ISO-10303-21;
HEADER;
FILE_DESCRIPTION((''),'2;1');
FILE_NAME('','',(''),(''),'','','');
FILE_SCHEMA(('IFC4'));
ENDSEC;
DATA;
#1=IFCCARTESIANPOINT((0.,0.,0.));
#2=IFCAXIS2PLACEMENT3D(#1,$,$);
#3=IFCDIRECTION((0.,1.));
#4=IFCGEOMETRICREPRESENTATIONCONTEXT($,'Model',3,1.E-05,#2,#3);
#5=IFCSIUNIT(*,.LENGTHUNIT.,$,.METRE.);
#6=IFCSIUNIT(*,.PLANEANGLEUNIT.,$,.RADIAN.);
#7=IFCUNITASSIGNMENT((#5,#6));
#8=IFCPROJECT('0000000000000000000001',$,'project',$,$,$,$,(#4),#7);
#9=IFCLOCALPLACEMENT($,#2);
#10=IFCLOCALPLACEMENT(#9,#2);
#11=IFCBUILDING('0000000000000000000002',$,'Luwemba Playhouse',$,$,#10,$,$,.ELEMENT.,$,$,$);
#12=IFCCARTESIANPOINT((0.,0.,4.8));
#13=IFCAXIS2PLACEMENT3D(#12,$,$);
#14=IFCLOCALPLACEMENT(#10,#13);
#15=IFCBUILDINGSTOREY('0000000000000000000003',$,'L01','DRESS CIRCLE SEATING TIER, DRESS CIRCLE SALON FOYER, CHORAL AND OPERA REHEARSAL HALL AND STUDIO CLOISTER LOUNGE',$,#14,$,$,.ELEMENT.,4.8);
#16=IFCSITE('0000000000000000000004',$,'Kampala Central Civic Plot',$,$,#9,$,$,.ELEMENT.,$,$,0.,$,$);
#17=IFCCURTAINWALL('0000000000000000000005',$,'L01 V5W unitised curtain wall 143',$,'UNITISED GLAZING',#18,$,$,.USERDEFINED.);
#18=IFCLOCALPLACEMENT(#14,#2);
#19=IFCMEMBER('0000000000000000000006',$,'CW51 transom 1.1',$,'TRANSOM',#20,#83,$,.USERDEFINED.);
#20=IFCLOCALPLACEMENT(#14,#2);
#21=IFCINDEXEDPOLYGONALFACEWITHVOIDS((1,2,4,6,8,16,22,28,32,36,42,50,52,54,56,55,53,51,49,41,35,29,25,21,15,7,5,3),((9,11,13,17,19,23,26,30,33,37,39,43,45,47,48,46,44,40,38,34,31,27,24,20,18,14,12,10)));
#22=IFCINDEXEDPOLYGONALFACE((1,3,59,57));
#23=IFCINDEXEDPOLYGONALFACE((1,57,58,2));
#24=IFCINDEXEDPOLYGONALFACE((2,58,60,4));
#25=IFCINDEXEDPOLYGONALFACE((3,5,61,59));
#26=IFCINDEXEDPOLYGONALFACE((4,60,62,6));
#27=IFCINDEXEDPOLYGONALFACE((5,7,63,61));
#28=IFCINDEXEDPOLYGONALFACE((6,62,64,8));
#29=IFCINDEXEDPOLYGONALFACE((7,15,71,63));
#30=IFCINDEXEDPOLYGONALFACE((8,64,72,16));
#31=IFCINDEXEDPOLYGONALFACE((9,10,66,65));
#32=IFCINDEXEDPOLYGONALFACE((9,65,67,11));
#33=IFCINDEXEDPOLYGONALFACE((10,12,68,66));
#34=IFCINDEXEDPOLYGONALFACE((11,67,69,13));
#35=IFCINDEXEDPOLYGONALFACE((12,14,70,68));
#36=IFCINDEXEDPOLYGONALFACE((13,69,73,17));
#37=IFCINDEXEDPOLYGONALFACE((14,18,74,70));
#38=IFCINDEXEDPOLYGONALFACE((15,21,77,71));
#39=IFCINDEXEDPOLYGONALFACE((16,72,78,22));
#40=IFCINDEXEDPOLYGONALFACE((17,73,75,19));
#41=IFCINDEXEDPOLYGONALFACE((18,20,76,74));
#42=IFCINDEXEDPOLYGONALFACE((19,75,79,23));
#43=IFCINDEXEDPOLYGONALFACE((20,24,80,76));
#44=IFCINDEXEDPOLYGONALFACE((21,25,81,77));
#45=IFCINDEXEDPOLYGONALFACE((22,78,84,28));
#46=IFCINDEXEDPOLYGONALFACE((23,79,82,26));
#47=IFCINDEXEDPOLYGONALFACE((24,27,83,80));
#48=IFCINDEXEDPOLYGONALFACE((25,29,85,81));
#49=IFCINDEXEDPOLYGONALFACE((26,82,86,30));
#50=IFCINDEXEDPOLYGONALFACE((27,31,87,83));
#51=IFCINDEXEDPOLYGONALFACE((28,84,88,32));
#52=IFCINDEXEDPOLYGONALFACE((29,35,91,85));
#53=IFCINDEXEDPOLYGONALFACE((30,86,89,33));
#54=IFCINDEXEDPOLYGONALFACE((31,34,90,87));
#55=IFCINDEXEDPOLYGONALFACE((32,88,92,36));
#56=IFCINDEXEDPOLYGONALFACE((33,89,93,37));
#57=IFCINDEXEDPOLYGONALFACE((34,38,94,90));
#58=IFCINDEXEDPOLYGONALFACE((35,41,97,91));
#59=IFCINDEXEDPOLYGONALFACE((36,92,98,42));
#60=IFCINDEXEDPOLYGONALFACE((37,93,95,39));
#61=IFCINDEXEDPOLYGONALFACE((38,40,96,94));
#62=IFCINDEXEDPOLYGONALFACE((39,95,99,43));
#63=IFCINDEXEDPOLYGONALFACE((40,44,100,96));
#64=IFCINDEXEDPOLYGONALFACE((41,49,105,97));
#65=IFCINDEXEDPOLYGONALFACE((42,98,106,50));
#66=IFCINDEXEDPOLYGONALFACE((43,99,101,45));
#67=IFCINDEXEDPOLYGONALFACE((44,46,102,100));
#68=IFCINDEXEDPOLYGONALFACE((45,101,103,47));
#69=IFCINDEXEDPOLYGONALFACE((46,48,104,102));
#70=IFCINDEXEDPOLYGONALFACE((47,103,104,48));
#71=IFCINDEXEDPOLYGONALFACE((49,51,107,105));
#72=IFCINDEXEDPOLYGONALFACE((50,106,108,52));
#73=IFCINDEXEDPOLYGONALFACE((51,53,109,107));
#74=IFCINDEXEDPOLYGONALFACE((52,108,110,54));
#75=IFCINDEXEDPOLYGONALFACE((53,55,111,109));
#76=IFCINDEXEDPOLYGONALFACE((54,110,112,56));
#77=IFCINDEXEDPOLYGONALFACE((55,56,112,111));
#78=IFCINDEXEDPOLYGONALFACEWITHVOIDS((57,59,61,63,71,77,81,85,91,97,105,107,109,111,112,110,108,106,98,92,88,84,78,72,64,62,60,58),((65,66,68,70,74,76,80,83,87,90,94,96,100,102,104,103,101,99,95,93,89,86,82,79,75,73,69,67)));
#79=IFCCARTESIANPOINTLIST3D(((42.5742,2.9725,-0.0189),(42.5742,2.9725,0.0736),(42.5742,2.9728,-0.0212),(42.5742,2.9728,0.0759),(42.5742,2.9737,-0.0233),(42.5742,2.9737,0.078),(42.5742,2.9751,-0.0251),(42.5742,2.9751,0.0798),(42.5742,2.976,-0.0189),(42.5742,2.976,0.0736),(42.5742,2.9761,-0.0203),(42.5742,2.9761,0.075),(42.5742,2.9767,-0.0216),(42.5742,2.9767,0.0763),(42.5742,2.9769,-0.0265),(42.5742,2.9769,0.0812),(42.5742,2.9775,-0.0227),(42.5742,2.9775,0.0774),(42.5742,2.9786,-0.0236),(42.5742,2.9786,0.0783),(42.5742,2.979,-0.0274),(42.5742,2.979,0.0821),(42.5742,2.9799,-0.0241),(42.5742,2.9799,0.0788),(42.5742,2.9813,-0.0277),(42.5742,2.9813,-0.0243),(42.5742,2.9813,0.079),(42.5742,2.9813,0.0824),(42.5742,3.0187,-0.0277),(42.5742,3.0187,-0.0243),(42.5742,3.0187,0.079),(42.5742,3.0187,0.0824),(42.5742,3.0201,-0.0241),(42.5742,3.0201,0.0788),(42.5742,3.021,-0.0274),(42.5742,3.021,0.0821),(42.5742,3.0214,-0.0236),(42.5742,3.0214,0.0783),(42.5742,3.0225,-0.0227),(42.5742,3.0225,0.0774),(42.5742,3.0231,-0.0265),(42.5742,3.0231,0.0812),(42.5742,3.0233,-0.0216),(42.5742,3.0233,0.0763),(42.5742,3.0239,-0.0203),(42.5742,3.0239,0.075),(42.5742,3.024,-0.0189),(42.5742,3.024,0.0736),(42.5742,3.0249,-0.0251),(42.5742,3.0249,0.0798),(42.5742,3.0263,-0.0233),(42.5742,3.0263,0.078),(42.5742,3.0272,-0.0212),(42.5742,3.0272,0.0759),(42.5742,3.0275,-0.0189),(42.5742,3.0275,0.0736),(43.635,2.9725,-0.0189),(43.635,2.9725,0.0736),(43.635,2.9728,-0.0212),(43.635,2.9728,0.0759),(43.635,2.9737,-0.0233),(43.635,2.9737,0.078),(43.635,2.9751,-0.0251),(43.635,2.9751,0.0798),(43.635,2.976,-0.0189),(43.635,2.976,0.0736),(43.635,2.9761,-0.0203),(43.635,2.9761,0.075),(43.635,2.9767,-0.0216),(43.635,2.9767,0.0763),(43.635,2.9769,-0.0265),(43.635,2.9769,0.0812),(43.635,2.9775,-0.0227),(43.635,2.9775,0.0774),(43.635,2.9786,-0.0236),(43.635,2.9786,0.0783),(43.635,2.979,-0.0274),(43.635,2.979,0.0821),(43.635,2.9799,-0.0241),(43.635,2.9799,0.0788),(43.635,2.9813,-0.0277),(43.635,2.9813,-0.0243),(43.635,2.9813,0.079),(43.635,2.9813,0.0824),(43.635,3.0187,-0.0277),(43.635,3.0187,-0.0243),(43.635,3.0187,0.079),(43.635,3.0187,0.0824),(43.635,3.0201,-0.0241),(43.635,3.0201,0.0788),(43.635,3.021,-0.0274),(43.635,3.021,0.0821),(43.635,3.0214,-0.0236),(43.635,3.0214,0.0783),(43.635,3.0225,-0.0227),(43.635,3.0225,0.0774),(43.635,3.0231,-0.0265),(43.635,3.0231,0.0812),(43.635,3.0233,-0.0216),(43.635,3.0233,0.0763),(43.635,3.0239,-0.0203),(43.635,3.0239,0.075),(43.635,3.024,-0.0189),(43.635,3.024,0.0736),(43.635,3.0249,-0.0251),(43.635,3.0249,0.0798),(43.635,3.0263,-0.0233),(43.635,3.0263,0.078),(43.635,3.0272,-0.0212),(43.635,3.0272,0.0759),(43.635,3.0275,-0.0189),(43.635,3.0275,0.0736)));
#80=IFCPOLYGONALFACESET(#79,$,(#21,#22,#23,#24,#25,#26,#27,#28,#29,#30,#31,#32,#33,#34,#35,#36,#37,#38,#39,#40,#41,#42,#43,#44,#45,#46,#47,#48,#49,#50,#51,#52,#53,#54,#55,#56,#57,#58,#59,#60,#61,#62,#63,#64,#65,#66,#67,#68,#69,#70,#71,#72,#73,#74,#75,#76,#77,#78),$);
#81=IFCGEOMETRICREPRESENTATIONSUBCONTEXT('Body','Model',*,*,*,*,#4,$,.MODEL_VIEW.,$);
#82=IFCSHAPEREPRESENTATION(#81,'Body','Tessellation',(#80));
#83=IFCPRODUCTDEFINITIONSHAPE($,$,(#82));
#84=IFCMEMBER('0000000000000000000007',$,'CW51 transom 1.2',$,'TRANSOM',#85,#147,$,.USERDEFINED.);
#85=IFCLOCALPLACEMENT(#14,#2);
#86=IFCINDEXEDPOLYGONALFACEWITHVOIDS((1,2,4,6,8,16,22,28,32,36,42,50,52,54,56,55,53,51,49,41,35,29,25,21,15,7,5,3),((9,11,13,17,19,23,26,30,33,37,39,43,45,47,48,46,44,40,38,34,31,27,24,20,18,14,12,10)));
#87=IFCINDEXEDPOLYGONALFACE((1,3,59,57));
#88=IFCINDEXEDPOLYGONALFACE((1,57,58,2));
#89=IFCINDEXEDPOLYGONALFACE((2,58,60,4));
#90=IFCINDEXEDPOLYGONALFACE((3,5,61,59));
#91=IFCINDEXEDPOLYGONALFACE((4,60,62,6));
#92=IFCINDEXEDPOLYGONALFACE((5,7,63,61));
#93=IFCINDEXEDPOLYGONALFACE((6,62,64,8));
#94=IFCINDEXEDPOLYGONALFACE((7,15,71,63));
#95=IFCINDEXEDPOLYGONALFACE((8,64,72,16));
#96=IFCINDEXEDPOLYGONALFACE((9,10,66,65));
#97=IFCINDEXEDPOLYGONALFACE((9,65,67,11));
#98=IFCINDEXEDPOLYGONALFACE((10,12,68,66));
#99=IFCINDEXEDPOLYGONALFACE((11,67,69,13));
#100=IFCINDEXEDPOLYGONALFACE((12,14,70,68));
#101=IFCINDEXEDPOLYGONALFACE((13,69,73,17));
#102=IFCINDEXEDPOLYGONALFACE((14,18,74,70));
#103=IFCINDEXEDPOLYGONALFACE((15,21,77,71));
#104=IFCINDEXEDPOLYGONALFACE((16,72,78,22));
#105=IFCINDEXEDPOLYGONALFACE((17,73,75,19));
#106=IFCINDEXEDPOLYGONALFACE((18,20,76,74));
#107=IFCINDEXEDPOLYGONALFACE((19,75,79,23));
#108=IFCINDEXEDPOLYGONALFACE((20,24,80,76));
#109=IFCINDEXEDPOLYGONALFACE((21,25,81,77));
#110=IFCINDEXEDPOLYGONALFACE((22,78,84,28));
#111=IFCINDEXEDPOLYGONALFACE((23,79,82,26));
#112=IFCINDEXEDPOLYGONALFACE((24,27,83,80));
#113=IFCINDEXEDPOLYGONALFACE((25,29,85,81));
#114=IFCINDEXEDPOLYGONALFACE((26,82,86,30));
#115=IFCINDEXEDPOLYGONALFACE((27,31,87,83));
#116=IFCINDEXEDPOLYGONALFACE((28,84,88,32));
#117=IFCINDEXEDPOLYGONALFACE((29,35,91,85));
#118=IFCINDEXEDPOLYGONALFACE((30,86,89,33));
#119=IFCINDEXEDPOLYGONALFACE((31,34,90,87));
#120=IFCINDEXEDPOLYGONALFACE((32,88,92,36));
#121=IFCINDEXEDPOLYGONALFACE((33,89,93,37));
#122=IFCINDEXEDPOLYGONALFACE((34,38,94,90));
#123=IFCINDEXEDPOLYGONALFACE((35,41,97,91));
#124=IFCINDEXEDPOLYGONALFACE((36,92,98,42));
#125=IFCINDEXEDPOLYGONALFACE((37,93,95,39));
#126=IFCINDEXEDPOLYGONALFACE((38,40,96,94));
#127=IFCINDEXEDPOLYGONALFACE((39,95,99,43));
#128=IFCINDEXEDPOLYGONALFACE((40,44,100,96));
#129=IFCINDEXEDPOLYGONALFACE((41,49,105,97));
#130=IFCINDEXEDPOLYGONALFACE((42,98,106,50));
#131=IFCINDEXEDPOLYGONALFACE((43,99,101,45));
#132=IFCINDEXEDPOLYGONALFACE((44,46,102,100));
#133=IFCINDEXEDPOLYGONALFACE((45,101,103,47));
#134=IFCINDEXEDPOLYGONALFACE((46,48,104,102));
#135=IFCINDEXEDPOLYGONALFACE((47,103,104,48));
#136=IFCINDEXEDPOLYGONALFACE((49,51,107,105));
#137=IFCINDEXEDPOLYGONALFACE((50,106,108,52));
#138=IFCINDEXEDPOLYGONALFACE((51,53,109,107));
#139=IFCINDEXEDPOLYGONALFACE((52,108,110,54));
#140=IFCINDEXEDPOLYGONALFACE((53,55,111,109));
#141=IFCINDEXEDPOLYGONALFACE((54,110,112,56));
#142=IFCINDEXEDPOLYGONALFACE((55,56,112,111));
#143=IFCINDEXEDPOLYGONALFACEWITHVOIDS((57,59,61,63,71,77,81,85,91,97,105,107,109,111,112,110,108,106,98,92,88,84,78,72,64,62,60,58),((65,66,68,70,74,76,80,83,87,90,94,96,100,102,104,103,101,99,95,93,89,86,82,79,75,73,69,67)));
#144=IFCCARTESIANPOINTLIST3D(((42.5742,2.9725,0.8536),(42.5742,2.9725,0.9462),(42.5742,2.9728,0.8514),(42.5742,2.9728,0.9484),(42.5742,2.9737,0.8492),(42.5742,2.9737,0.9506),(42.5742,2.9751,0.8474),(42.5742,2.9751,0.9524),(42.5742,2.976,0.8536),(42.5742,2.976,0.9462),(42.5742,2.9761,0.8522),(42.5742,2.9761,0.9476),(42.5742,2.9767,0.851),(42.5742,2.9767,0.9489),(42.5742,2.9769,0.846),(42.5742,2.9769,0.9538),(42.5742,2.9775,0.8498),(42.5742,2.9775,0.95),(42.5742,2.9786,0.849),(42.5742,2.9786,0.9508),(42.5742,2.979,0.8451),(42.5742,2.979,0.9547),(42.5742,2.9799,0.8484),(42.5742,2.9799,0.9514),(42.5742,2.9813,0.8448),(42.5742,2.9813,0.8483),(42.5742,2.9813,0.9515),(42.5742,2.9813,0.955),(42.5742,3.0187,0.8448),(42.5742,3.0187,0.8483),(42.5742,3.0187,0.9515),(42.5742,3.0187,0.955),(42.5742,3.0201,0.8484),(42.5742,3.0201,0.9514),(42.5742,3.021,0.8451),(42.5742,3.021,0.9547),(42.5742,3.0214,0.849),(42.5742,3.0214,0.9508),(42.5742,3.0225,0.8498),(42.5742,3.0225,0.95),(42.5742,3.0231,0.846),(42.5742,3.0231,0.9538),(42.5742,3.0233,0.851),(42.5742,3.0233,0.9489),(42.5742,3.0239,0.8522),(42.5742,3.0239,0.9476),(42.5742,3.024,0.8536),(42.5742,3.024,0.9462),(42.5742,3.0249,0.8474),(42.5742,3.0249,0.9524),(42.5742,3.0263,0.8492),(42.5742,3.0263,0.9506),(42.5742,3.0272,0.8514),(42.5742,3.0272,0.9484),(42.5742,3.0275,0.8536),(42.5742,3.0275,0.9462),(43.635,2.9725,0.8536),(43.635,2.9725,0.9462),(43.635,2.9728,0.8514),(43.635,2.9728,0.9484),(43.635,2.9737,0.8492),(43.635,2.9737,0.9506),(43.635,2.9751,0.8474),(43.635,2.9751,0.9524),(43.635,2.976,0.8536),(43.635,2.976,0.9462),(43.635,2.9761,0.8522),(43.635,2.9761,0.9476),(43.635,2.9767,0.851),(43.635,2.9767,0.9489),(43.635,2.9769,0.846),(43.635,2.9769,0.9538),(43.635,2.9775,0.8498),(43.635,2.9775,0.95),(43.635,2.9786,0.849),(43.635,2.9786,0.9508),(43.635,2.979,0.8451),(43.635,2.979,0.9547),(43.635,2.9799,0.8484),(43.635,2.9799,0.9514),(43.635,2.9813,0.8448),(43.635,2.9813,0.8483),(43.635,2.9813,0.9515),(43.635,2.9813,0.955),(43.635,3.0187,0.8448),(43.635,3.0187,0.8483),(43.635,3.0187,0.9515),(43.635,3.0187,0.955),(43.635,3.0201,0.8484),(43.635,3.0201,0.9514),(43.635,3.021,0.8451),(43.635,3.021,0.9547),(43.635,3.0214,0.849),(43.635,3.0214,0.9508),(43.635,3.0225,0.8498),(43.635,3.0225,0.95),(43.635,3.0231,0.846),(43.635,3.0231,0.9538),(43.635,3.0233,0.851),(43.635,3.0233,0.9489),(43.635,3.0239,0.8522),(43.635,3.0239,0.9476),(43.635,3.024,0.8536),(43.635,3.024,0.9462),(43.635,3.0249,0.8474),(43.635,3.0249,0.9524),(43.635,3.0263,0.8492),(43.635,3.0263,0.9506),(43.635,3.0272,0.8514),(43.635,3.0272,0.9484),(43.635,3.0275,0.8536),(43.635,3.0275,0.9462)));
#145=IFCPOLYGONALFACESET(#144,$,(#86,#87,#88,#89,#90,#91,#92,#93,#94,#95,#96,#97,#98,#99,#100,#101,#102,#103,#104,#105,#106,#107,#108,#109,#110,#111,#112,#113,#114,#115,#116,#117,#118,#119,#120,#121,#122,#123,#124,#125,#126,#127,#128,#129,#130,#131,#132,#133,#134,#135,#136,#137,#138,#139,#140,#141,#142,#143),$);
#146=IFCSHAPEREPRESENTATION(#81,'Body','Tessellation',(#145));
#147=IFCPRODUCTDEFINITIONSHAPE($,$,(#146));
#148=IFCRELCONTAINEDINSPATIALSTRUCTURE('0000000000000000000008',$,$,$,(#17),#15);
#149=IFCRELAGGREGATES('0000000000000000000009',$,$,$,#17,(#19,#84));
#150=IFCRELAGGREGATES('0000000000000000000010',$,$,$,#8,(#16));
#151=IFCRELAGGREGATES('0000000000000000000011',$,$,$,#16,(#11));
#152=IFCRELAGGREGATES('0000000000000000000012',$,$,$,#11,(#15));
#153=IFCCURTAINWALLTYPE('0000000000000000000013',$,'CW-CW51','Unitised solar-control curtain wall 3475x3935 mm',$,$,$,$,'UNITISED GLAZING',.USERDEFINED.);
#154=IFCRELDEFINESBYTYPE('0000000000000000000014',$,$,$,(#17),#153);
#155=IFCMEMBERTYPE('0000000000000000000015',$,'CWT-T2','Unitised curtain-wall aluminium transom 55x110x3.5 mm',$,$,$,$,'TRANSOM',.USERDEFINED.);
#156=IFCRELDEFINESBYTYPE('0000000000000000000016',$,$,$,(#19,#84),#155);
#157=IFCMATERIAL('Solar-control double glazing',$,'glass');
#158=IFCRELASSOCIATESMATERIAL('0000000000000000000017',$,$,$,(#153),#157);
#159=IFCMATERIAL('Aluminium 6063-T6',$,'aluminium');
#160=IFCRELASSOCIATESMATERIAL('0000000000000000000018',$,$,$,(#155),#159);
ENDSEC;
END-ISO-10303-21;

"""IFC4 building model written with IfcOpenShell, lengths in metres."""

from ifc_helpers import new_model, si_unit, direction, frame, origin, origin_2d, place, context, subcontext, project, spatial, hollow_rectangle, extrude, material, material_profile, profile_set, type_object, element, aggregate, save


model = new_model("IFC4")

# Units and contexts
model_context = context("Model", 3, precision=1e-05, world=origin(), true_north=direction((0.0, 1.0)))
body_context = subcontext(model_context, "Body", "Model", "MODEL_VIEW")
ifc_project = project(units=[si_unit("LENGTHUNIT", "METRE"), si_unit("PLANEANGLEUNIT", "RADIAN")], contexts=[model_context])

# Site, building, storey
site_placement = place(None, origin())
site = spatial("IfcSite", under=ifc_project, at=site_placement, Name="Kampala Central Civic Plot", CompositionType="ELEMENT", RefElevation=0.0)
building_placement = place(site_placement, origin())
building = spatial("IfcBuilding", under=site, at=building_placement, Name="Luwemba Playhouse", CompositionType="ELEMENT")
storey_placement = place(building_placement, frame((0.0, 0.0, 4.8)))
storey = spatial("IfcBuildingStorey", under=building, at=storey_placement, Name="L01", Description="DRESS CIRCLE SEATING TIER, DRESS CIRCLE SALON FOYER, CHORAL AND OPERA REHEARSAL HALL AND STUDIO CLOISTER LOUNGE", CompositionType="ELEMENT", Elevation=4.8)

# Curtain wall
ifc_material_1 = material(Name="Solar-control double glazing", Category="glass")
ifc_material_2 = material(Name="Aluminium 6063-T6", Category="aluminium")
curtain_wall_type_1 = type_object("IfcCurtainWallType", Name="CW-CW51", Description="Unitised solar-control curtain wall 3475x3935 mm", ElementType="UNITISED GLAZING", PredefinedType="USERDEFINED", material=ifc_material_1)
curtain_wall_1_placement = place(storey_placement, origin())
curtain_wall_1 = element("IfcCurtainWall", 1, at=curtain_wall_1_placement, inside=storey, type_object=curtain_wall_type_1, Name="L01 V5W unitised curtain wall 143", ObjectType="UNITISED GLAZING", PredefinedType="USERDEFINED")

# Members
ifc_material_profile_1 = material_profile(ifc_material_2, hollow_rectangle(XDim=0.0549, YDim=0.1101, WallThickness=0.0034, InnerFilletRadius=0.0054, OuterFilletRadius=0.0088, at=origin_2d()))
ifc_profile_set_1 = profile_set([ifc_material_profile_1], Name="Aluminium 6063-T6")
member_type_1 = type_object("IfcMemberType", Name="CWT-T2", Description="Unitised curtain-wall aluminium transom 55x110x3.5 mm", ElementType="TRANSOM", PredefinedType="USERDEFINED", material=ifc_profile_set_1)
member_1_placement = place(storey_placement, frame((43.635, 3.0, 0.0273), z_axis=(-1.0, 0.0, 0.0), x_axis=(0.0, -1.0, 0.0)))
member_1 = element("IfcMember", 2, at=member_1_placement, type_object=member_type_1, Name="CW51 transom 1.1", ObjectType="TRANSOM", PredefinedType="USERDEFINED", context=body_context, shape_type="SweptSolid", body=[
    extrude(hollow_rectangle(XDim=0.0549, YDim=0.1101, WallThickness=0.0034, InnerFilletRadius=0.0054, OuterFilletRadius=0.0088, at=origin_2d()), origin(), (0.0, 0.0, 1.0), 1.0608),
])
member_2_placement = place(storey_placement, frame((43.635, 3.0, 0.8999), z_axis=(-1.0, 0.0, 0.0), x_axis=(0.0, -1.0, 0.0)))
member_2 = element("IfcMember", 3, at=member_2_placement, type_object=member_type_1, Name="CW51 transom 1.2", ObjectType="TRANSOM", PredefinedType="USERDEFINED", context=body_context, shape_type="SweptSolid", body=[
    extrude(hollow_rectangle(XDim=0.0549, YDim=0.1101, WallThickness=0.0034, InnerFilletRadius=0.0054, OuterFilletRadius=0.0088, at=origin_2d()), origin(), (0.0, 0.0, 1.0), 1.0608),
])

aggregate(curtain_wall_1, [member_1, member_2])

save(model, "model.ifc")
